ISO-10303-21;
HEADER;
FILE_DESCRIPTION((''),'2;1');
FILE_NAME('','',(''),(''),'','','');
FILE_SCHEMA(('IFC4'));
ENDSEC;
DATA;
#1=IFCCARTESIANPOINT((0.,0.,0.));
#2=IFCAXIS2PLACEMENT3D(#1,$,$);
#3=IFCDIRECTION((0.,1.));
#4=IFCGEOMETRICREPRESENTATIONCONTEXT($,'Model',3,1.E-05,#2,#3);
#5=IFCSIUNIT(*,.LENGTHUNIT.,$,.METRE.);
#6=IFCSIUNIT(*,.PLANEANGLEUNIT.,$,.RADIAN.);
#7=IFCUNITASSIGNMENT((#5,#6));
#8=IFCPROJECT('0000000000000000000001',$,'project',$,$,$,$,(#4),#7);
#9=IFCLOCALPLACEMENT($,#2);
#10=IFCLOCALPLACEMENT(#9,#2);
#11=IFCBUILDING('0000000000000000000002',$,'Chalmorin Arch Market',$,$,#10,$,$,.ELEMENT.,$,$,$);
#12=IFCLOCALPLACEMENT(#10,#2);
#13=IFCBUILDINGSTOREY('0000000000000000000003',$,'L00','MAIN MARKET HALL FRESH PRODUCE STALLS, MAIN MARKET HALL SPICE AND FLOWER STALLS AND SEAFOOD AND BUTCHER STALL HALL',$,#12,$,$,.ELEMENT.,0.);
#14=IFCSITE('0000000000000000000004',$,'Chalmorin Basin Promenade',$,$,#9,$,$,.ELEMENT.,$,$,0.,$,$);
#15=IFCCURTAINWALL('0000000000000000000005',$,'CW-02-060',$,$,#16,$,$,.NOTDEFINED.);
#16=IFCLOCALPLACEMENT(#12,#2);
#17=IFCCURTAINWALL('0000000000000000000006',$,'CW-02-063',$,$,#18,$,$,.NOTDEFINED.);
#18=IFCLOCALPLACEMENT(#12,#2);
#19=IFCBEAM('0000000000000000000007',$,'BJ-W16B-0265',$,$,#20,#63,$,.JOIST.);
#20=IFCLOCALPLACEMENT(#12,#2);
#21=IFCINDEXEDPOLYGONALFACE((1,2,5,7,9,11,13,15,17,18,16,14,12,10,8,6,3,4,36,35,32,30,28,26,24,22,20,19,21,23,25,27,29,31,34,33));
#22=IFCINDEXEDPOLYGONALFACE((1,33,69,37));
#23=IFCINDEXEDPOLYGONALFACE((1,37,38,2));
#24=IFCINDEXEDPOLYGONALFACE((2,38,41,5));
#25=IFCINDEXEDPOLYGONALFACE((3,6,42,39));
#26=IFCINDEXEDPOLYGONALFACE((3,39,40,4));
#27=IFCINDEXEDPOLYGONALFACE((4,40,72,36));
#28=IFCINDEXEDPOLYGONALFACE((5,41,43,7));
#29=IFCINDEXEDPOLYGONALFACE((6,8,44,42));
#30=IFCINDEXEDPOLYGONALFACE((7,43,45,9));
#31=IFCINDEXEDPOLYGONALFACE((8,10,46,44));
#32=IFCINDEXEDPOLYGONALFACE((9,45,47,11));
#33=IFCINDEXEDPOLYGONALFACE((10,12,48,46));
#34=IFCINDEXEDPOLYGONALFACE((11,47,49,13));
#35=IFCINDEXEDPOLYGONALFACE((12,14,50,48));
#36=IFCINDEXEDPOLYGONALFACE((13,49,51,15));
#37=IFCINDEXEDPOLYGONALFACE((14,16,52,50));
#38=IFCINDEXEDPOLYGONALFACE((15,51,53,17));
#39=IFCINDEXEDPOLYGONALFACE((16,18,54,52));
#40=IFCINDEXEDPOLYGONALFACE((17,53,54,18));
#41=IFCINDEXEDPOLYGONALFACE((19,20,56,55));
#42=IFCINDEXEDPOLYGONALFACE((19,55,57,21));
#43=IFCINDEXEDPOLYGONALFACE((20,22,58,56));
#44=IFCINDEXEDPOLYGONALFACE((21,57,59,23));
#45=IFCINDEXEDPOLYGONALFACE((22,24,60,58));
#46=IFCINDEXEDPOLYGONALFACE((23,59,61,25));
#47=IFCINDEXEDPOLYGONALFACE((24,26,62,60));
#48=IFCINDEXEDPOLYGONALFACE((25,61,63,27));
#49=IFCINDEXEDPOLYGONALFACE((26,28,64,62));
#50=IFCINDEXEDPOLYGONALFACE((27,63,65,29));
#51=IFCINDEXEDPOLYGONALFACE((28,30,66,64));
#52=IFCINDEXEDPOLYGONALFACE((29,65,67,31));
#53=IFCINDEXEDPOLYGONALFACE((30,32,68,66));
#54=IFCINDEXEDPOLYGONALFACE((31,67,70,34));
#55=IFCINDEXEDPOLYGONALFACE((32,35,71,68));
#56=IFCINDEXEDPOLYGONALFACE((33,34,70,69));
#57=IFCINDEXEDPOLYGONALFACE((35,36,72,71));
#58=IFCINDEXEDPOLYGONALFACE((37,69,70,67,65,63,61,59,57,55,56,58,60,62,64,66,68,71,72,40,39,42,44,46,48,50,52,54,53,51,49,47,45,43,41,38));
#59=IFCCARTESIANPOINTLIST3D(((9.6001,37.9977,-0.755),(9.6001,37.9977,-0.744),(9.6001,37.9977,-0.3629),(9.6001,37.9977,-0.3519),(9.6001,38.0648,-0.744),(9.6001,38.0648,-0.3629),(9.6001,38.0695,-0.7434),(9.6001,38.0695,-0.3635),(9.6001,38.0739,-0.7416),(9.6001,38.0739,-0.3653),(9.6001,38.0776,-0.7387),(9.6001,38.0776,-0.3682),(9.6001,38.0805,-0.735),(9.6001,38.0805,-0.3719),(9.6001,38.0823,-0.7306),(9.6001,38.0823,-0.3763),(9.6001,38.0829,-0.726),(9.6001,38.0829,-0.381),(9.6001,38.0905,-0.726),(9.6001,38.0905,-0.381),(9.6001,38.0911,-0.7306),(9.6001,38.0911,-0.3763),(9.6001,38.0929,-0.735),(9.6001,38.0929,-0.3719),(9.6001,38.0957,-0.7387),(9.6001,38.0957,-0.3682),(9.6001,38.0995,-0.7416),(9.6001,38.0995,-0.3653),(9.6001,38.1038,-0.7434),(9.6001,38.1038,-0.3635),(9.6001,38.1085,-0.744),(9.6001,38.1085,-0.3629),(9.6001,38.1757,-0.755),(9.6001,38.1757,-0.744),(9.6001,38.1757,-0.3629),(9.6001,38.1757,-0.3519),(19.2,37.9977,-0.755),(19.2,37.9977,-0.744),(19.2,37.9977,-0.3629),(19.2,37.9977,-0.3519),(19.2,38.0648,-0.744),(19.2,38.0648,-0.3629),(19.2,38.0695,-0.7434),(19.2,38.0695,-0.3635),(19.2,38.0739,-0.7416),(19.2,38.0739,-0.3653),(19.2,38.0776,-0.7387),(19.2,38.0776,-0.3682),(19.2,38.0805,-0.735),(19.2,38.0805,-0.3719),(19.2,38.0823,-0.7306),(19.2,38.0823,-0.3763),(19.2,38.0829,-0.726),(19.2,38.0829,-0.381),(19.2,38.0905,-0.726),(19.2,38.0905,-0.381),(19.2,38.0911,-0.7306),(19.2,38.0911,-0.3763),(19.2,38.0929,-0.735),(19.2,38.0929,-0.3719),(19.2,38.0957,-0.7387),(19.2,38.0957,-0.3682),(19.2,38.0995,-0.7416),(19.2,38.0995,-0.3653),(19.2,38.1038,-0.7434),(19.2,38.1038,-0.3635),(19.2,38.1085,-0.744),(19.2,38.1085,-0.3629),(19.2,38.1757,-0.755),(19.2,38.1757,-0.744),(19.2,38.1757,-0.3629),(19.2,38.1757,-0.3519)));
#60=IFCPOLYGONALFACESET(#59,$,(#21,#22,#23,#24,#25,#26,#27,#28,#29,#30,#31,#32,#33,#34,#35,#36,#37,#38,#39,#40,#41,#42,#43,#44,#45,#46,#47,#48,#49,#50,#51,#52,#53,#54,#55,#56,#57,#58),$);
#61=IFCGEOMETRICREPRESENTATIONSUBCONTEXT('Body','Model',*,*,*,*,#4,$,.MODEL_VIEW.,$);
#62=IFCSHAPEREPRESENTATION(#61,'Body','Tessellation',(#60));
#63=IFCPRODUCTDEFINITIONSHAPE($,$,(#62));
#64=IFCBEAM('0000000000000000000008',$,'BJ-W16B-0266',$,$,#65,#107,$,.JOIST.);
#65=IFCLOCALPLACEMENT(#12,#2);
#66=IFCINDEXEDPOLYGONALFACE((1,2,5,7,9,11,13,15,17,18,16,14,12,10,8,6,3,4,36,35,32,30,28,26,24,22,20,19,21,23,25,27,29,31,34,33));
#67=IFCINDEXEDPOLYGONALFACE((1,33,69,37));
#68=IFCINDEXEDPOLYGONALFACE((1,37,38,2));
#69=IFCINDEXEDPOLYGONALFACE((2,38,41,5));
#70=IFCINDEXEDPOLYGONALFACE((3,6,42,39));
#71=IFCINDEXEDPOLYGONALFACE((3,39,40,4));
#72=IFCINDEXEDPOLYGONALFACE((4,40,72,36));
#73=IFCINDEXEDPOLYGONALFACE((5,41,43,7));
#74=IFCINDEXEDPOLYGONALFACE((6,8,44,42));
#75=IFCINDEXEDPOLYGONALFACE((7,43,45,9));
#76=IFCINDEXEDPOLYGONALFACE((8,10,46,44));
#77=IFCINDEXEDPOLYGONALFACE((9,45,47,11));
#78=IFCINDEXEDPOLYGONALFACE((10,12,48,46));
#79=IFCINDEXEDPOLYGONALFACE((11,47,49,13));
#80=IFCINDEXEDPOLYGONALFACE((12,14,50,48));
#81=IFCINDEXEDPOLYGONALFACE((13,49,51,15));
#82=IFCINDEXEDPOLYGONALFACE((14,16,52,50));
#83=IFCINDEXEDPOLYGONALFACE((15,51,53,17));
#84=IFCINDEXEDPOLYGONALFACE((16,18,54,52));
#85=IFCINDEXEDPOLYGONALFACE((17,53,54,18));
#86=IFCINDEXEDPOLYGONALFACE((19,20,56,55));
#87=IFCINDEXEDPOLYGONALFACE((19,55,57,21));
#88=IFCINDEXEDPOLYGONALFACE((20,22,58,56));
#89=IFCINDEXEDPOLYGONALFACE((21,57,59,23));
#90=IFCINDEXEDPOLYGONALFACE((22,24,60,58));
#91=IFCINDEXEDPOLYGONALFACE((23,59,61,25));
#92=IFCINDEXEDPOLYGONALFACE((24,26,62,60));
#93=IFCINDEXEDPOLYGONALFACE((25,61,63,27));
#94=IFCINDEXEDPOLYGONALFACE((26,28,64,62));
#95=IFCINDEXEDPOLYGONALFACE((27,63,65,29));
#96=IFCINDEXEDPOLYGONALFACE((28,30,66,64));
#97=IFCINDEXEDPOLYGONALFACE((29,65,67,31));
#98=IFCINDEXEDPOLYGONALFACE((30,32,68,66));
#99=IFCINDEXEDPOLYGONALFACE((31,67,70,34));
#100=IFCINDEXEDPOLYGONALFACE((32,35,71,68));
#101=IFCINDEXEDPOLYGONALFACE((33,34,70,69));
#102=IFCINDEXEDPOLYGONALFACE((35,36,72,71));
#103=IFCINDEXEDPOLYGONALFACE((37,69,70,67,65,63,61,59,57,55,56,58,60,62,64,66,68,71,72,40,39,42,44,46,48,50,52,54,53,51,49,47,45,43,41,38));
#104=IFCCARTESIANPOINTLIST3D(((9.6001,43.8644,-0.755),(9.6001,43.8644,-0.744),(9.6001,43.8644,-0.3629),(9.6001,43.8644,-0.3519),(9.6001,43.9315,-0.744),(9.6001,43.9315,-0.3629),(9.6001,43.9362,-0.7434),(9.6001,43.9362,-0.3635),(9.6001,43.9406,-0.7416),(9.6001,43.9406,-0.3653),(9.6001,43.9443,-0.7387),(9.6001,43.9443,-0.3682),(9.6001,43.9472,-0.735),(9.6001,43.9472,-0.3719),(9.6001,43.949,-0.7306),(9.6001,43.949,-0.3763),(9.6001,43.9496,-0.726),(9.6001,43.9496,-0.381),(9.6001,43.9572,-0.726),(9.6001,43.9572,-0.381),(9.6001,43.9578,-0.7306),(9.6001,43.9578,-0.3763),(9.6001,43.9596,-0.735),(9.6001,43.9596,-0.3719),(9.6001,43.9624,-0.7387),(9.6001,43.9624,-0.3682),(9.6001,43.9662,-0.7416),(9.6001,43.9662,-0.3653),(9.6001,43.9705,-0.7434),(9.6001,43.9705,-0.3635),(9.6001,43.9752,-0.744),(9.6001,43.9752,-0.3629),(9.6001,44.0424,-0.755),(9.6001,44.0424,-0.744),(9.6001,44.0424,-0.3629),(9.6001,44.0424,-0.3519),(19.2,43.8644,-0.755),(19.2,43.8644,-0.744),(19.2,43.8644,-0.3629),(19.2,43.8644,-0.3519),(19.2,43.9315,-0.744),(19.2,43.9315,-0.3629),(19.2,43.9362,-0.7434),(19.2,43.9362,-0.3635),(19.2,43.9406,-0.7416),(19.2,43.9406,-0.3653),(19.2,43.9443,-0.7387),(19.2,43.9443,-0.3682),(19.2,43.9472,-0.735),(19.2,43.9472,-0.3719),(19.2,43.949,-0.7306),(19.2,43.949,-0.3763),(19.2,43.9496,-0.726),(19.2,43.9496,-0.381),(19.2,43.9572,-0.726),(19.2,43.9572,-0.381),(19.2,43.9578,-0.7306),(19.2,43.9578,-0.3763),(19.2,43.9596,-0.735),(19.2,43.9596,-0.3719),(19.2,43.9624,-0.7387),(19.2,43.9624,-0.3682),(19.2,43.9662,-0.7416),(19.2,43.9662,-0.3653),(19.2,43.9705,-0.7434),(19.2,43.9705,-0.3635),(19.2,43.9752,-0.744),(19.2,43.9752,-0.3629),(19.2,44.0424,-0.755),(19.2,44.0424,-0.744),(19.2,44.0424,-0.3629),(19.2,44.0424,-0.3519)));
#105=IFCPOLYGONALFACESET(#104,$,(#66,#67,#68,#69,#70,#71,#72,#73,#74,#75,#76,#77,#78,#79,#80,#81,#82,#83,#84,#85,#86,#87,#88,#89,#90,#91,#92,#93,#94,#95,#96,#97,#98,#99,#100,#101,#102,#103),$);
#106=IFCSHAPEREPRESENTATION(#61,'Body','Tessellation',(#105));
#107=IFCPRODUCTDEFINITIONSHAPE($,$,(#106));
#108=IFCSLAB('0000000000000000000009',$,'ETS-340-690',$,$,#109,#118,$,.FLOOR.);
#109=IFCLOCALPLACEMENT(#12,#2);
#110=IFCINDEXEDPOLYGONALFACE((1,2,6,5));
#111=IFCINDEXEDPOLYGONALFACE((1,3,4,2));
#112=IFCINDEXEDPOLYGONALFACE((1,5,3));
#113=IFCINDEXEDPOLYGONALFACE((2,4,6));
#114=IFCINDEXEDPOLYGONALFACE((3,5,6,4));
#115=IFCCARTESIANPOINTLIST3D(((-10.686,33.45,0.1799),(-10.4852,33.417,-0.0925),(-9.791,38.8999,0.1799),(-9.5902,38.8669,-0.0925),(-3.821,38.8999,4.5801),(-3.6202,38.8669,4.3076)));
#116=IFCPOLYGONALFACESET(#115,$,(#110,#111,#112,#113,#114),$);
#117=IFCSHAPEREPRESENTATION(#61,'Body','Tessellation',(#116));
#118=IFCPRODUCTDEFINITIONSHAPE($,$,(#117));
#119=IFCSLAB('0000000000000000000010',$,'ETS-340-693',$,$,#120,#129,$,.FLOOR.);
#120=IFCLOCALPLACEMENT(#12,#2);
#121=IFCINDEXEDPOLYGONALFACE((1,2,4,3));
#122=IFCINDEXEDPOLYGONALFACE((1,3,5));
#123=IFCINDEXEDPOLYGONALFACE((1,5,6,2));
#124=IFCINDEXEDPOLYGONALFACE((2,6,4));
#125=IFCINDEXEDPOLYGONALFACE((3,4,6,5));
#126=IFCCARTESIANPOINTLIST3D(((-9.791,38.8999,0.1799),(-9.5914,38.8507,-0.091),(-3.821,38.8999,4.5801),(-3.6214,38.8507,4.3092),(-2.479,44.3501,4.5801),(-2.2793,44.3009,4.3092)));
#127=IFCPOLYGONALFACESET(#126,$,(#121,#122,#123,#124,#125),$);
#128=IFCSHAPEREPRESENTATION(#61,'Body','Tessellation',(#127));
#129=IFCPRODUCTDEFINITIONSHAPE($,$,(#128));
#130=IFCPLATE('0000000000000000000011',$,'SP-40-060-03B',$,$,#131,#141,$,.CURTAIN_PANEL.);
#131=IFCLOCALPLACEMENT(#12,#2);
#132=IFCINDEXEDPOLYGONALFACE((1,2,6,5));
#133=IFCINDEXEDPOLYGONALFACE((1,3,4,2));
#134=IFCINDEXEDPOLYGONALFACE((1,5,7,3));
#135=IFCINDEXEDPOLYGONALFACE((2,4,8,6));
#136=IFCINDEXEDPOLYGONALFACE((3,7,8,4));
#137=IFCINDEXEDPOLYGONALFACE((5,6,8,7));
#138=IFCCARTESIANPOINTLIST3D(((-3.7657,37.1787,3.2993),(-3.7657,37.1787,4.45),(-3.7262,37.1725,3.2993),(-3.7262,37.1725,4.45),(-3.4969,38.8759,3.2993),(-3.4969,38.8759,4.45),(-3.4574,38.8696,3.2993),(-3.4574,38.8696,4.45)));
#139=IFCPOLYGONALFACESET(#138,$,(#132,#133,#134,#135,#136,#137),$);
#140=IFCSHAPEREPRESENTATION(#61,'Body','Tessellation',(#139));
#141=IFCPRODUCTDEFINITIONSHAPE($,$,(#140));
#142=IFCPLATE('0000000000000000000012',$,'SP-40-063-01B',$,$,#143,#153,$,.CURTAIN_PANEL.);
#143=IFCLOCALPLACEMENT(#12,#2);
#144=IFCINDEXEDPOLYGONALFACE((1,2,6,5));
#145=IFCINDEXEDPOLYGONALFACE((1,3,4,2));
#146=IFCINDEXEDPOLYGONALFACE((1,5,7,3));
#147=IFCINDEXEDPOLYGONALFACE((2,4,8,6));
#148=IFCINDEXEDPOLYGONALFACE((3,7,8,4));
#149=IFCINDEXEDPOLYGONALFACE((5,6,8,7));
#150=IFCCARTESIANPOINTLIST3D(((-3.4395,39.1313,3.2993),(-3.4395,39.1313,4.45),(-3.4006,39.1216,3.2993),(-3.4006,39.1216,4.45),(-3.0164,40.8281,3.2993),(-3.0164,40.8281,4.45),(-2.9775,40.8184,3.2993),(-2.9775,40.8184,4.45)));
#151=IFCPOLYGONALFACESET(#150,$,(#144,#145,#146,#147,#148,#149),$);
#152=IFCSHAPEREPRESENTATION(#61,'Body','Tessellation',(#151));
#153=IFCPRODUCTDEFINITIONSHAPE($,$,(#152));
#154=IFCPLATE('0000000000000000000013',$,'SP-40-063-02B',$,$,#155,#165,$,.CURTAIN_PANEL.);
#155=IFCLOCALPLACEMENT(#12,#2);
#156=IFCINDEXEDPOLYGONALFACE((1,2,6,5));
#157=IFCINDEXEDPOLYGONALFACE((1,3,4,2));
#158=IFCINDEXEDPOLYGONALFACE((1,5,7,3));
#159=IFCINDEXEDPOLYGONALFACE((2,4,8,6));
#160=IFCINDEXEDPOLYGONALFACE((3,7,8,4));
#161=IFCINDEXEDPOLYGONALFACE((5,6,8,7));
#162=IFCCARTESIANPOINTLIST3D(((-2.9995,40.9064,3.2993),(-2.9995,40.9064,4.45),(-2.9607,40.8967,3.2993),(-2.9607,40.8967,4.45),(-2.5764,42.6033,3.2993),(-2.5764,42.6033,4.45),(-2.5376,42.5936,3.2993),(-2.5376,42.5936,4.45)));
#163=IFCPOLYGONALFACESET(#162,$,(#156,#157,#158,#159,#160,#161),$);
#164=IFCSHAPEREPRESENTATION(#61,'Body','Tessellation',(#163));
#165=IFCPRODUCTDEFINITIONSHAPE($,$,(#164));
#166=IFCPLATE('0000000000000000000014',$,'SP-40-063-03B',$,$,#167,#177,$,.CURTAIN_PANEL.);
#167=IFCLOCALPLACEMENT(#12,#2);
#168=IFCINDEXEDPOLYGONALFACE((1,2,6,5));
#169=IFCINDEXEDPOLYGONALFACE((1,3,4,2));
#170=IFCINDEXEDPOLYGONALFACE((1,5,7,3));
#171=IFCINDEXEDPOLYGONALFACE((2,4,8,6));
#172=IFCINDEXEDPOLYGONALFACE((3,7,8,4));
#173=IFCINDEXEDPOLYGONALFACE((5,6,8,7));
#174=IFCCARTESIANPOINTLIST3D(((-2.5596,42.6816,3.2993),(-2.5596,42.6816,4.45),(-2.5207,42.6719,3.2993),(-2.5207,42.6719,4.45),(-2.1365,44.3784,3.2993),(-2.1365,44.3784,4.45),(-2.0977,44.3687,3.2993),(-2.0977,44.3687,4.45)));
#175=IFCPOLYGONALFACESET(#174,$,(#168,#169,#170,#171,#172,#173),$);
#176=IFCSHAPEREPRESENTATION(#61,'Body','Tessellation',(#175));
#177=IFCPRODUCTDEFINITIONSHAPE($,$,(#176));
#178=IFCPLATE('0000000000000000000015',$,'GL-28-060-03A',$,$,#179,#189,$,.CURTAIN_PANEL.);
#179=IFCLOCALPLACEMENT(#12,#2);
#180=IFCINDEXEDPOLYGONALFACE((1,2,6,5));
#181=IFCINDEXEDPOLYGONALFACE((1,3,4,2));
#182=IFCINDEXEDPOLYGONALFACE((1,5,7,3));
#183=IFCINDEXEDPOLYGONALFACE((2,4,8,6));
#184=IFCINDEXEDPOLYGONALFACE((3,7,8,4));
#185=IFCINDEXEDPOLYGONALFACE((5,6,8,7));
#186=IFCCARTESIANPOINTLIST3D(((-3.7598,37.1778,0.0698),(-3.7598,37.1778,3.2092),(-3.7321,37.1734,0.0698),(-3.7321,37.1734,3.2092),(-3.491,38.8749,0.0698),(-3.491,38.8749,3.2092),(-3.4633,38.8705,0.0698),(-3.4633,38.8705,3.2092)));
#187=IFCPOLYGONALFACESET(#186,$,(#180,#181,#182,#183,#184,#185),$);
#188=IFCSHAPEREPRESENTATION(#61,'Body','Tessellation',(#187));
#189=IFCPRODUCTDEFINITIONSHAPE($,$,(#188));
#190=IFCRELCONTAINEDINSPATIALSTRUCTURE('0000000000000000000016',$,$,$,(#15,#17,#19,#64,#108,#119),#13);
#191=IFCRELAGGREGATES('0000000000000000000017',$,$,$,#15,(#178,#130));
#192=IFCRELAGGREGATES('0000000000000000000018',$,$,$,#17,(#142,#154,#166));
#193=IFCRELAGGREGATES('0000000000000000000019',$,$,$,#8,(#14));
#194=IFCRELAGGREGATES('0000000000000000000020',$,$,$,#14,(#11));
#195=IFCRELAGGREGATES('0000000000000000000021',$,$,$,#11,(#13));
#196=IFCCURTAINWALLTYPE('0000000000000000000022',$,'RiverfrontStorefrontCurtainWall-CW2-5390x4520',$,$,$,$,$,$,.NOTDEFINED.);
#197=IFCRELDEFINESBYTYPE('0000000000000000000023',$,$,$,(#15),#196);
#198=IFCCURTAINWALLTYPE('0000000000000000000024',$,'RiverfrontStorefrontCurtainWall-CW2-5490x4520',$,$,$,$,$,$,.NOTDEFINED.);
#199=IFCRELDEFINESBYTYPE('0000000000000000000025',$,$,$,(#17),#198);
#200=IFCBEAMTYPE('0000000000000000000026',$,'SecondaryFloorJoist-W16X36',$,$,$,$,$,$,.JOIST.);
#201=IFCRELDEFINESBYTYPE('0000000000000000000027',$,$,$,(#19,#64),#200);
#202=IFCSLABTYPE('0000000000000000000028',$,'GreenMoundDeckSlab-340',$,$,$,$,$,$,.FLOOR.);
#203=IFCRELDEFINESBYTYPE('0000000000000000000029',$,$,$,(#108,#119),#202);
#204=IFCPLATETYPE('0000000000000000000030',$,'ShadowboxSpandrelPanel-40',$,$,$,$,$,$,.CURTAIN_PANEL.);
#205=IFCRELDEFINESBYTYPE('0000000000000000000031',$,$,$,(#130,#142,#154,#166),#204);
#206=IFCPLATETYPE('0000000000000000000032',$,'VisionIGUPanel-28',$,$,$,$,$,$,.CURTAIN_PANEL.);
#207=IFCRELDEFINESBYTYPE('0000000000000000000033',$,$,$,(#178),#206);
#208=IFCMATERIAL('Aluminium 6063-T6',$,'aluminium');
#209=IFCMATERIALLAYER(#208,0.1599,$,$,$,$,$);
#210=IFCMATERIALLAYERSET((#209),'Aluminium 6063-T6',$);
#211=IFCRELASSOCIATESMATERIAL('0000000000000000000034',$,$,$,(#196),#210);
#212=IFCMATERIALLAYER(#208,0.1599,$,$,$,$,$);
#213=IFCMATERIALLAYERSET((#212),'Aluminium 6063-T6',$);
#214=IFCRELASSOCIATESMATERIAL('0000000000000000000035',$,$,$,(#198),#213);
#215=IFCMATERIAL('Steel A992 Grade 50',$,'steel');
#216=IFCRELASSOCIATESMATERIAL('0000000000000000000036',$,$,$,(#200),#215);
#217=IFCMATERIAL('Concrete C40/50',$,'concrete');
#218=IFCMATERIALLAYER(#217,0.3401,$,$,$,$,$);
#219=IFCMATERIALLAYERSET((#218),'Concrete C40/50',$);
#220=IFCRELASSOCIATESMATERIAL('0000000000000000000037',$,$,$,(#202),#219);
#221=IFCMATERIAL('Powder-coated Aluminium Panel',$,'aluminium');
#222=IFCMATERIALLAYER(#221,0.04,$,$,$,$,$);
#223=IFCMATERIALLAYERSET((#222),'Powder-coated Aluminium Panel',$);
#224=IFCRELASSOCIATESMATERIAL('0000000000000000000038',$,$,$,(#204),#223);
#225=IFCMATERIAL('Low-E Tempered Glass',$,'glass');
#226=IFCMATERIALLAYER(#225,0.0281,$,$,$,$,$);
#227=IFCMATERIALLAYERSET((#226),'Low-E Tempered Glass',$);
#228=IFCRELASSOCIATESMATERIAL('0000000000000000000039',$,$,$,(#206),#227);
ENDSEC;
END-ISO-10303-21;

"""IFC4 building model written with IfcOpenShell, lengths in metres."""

from ifc_helpers import new_model, si_unit, direction, frame, origin, origin_2d, place, context, subcontext, project, spatial, polyline, rectangle, i_section, outline, extrude, material, layer, layer_set, material_profile, profile_set, type_object, element, aggregate, save


model = new_model("IFC4")

# Units and contexts
model_context = context("Model", 3, precision=1e-05, world=origin(), true_north=direction((0.0, 1.0)))
body_context = subcontext(model_context, "Body", "Model", "MODEL_VIEW")
ifc_project = project(units=[si_unit("LENGTHUNIT", "METRE"), si_unit("PLANEANGLEUNIT", "RADIAN")], contexts=[model_context])

# Site, building, storey
site_placement = place(None, origin())
site = spatial("IfcSite", under=ifc_project, at=site_placement, Name="Chalmorin Basin Promenade", CompositionType="ELEMENT", RefElevation=0.0)
building_placement = place(site_placement, origin())
building = spatial("IfcBuilding", under=site, at=building_placement, Name="Chalmorin Arch Market", CompositionType="ELEMENT")
storey_placement = place(building_placement, origin())
storey = spatial("IfcBuildingStorey", under=building, at=storey_placement, Name="L00", Description="MAIN MARKET HALL FRESH PRODUCE STALLS, MAIN MARKET HALL SPICE AND FLOWER STALLS AND SEAFOOD AND BUTCHER STALL HALL", CompositionType="ELEMENT", Elevation=0.0)

# Shared definitions
ifc_material_1 = material(Name="Concrete C40/50", Category="concrete")

# Curtain walls
ifc_material_2 = material(Name="Aluminium 6063-T6", Category="aluminium")
ifc_layer_1 = layer(ifc_material_2, 0.1599)
ifc_layer_set_1 = layer_set([ifc_layer_1], Name="Aluminium 6063-T6")
curtain_wall_type_1 = type_object("IfcCurtainWallType", Name="RiverfrontStorefrontCurtainWall-CW2-5390x4520", PredefinedType="NOTDEFINED", material=ifc_layer_set_1)
curtain_wall_1_placement = place(storey_placement, origin())
curtain_wall_1 = element("IfcCurtainWall", 1, at=curtain_wall_1_placement, inside=storey, type_object=curtain_wall_type_1, Name="CW-02-060", PredefinedType="NOTDEFINED")
ifc_layer_2 = layer(ifc_material_2, 0.1599)
ifc_layer_set_2 = layer_set([ifc_layer_2], Name="Aluminium 6063-T6")
curtain_wall_type_2 = type_object("IfcCurtainWallType", Name="RiverfrontStorefrontCurtainWall-CW2-5490x4520", PredefinedType="NOTDEFINED", material=ifc_layer_set_2)
curtain_wall_2_placement = place(storey_placement, origin())
curtain_wall_2 = element("IfcCurtainWall", 2, at=curtain_wall_2_placement, inside=storey, type_object=curtain_wall_type_2, Name="CW-02-063", PredefinedType="NOTDEFINED")

# Beams
ifc_material_3 = material(Name="Steel A992 Grade 50", Category="steel")
ifc_material_profile_1 = material_profile(ifc_material_3, i_section(OverallWidth=0.178, OverallDepth=0.4031, WebThickness=0.0076, FlangeThickness=0.011, FilletRadius=0.0181, at=origin_2d()), Name="W16X36")
ifc_profile_set_1 = profile_set([ifc_material_profile_1], Name="Steel A992 Grade 50")
beam_type_1 = type_object("IfcBeamType", Name="SecondaryFloorJoist-W16X36", PredefinedType="JOIST", material=ifc_profile_set_1)
for number, where, z_axis, x_axis, name in (
    (3, (9.6001, 38.0867, -0.5535), (1.0, 0.0, 0.0), (0.0, 1.0, 0.0), "BJ-W16B-0265"),
    (4, (9.6001, 43.9534, -0.5535), (1.0, 0.0, 0.0), (0.0, 1.0, 0.0), "BJ-W16B-0266"),
):
    element("IfcBeam", number, at=place(storey_placement, frame(where, z_axis=z_axis, x_axis=x_axis)), inside=storey, type_object=beam_type_1, Name=name, PredefinedType="JOIST", context=body_context, shape_type="SweptSolid", body=[
        extrude(i_section(OverallWidth=0.178, OverallDepth=0.4031, WebThickness=0.0076, FlangeThickness=0.011, FilletRadius=0.0181, at=origin_2d()), origin(), (0.0, 0.0, 1.0), 9.5999),
    ])

# Slabs
ifc_layer_3 = layer(ifc_material_1, 0.3401)
ifc_layer_set_3 = layer_set([ifc_layer_3], Name="Concrete C40/50")
slab_type = type_object("IfcSlabType", Name="GreenMoundDeckSlab-340", PredefinedType="FLOOR", material=ifc_layer_set_3)
slab_1_placement = place(storey_placement, frame((-3.821, 38.8999, 4.5801), z_axis=(-0.590509, 0.096977, 0.801183), x_axis=(-0.804977, 0.0, -0.593306)))
element("IfcSlab", 5, at=slab_1_placement, inside=storey, type_object=slab_type, Name="ETS-340-690", PredefinedType="FLOOR", context=body_context, shape_type="SweptSolid", body=[
    extrude(outline(polyline([(0.0, 0.0), (7.4163, 0.0), (8.1368, 5.4758), (0.0, 0.0)])), origin(), (0.0, 0.0, -1.0), 0.3401),
])
slab_2_placement = place(storey_placement, frame((-3.821, 38.8999, 4.5801), z_axis=(-0.587074, 0.144559, 0.796522), x_axis=(0.239095, 0.970996, 0.0)))
element("IfcSlab", 6, at=slab_2_placement, inside=storey, type_object=slab_type, Name="ETS-340-693", PredefinedType="FLOOR", context=body_context, shape_type="SweptSolid", body=[
    extrude(outline(polyline([(0.0, 0.0), (5.613, 0.0), (-1.4274, 7.2777), (0.0, 0.0)])), origin(), (0.0, 0.0, -1.0), 0.3401),
])

# Plates
ifc_material_4 = material(Name="Powder-coated Aluminium Panel", Category="aluminium")
ifc_layer_4 = layer(ifc_material_4, 0.04)
ifc_layer_set_4 = layer_set([ifc_layer_4], Name="Powder-coated Aluminium Panel")
plate_type_1 = type_object("IfcPlateType", Name="ShadowboxSpandrelPanel-40", PredefinedType="CURTAIN_PANEL", material=ifc_layer_set_4)
plate_1_placement = place(storey_placement, frame((-3.6116, 38.0242, 3.2993), z_axis=(0.0, 0.0, 1.0), x_axis=(0.156434, 0.987688, 0.0)))
plate_1 = element("IfcPlate", 7, at=plate_1_placement, type_object=plate_type_1, Name="SP-40-060-03B", PredefinedType="CURTAIN_PANEL", context=body_context, shape_type="SweptSolid", body=[
    extrude(rectangle(XDim=1.7183, YDim=0.04, at=origin_2d()), origin(), (0.0, 0.0, 1.0), 1.1506),
])
plate_2_placement = place(storey_placement, frame((-3.2085, 39.9749, 3.2993), z_axis=(0.0, 0.0, 1.0), x_axis=(0.241922, 0.970296, 0.0)))
plate_2 = element("IfcPlate", 8, at=plate_2_placement, type_object=plate_type_1, Name="SP-40-063-01B", PredefinedType="CURTAIN_PANEL", context=body_context, shape_type="SweptSolid", body=[
    extrude(rectangle(XDim=1.7488, YDim=0.04, at=origin_2d()), origin(), (0.0, 0.0, 1.0), 1.1506),
])
plate_3_placement = place(storey_placement, frame((-2.7686, 41.75, 3.2993), z_axis=(0.0, 0.0, 1.0), x_axis=(0.241922, 0.970296, 0.0)))
plate_3 = element("IfcPlate", 9, at=plate_3_placement, type_object=plate_type_1, Name="SP-40-063-02B", PredefinedType="CURTAIN_PANEL", context=body_context, shape_type="SweptSolid", body=[
    extrude(rectangle(XDim=1.7488, YDim=0.04, at=origin_2d()), origin(), (0.0, 0.0, 1.0), 1.1506),
])
plate_4_placement = place(storey_placement, frame((-2.3286, 43.5251, 3.2993), z_axis=(0.0, 0.0, 1.0), x_axis=(0.241922, 0.970296, 0.0)))
plate_4 = element("IfcPlate", 10, at=plate_4_placement, type_object=plate_type_1, Name="SP-40-063-03B", PredefinedType="CURTAIN_PANEL", context=body_context, shape_type="SweptSolid", body=[
    extrude(rectangle(XDim=1.7488, YDim=0.04, at=origin_2d()), origin(), (0.0, 0.0, 1.0), 1.1506),
])
ifc_material_5 = material(Name="Low-E Tempered Glass", Category="glass")
ifc_layer_5 = layer(ifc_material_5, 0.0281)
ifc_layer_set_5 = layer_set([ifc_layer_5], Name="Low-E Tempered Glass")
plate_type_2 = type_object("IfcPlateType", Name="VisionIGUPanel-28", PredefinedType="CURTAIN_PANEL", material=ifc_layer_set_5)
plate_5_placement = place(storey_placement, frame((-3.6116, 38.0242, 0.0698), z_axis=(0.0, 0.0, 1.0), x_axis=(0.156434, 0.987688, 0.0)))
plate_5 = element("IfcPlate", 11, at=plate_5_placement, type_object=plate_type_2, Name="GL-28-060-03A", PredefinedType="CURTAIN_PANEL", context=body_context, shape_type="SweptSolid", body=[
    extrude(rectangle(XDim=1.7183, YDim=0.0281, at=origin_2d()), origin(), (0.0, 0.0, 1.0), 3.1394),
])
aggregate(curtain_wall_1, [plate_5, plate_1])
aggregate(curtain_wall_2, [plate_2, plate_3, plate_4])

save(model, "model.ifc")
